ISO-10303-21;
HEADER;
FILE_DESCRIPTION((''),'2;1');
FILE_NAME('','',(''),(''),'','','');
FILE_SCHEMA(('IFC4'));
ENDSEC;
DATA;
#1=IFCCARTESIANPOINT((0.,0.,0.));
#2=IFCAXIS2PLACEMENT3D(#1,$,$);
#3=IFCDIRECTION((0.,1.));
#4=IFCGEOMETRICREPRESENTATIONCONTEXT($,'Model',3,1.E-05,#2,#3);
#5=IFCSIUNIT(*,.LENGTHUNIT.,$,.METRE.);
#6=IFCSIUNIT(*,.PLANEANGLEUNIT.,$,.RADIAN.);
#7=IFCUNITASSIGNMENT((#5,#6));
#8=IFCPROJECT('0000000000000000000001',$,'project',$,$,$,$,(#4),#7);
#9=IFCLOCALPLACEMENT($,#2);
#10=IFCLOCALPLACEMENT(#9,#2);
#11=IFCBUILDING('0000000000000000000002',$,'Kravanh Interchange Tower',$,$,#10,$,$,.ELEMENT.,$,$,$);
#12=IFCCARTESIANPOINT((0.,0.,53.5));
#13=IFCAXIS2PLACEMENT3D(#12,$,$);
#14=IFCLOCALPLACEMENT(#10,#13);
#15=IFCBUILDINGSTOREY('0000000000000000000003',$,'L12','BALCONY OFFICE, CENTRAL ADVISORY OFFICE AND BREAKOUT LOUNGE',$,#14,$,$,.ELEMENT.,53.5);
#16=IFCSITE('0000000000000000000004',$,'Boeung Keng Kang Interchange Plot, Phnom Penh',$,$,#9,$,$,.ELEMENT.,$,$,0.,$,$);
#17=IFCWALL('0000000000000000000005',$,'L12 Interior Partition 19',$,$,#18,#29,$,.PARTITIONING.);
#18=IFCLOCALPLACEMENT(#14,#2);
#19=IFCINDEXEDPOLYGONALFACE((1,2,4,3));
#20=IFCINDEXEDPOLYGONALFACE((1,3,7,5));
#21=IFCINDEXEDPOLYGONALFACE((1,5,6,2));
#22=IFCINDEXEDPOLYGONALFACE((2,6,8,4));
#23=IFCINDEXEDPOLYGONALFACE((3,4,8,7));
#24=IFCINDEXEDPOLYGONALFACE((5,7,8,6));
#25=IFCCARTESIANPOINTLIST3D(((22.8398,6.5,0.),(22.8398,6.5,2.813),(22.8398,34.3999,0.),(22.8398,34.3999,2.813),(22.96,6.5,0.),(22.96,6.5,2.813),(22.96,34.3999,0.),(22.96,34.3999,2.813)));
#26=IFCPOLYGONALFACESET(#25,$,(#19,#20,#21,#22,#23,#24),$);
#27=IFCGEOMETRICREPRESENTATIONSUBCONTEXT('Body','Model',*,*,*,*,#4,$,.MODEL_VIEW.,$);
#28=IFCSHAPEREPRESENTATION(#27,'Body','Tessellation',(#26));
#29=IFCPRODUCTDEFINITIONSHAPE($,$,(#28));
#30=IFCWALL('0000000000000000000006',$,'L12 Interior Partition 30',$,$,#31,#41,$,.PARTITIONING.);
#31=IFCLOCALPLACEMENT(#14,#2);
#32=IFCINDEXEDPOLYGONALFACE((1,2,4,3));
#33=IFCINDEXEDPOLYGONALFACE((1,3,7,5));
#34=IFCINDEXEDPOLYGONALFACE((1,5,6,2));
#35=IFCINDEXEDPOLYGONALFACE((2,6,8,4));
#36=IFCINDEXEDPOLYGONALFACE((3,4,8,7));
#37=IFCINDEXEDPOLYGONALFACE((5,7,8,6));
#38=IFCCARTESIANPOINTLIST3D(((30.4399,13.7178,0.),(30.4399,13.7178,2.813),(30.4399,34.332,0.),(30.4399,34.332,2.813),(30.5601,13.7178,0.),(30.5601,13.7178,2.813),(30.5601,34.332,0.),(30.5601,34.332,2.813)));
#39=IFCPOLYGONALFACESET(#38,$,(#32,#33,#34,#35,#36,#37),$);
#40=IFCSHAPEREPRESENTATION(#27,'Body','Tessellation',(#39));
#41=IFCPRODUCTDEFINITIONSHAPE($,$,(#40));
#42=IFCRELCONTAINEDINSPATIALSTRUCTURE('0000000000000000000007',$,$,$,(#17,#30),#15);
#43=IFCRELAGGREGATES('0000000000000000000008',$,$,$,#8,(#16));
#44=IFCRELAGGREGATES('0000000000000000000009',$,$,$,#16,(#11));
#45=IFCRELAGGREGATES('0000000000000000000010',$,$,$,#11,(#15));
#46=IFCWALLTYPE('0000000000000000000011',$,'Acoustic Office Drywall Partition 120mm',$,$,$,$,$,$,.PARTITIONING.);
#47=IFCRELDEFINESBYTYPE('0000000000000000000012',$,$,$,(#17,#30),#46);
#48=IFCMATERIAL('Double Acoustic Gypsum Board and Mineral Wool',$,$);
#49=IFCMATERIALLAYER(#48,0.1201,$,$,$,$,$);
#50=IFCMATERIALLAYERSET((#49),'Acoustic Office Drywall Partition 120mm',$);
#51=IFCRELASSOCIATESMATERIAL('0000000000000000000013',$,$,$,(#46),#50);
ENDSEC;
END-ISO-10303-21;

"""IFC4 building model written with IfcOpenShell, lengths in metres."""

from ifc_helpers import new_model, si_unit, direction, frame, frame_2d, origin, place, context, subcontext, project, spatial, rectangle, extrude, material, layer, layer_set, type_object, element, save


model = new_model("IFC4")

# Units and contexts
model_context = context("Model", 3, precision=1e-05, world=origin(), true_north=direction((0.0, 1.0)))
body_context = subcontext(model_context, "Body", "Model", "MODEL_VIEW")
ifc_project = project(units=[si_unit("LENGTHUNIT", "METRE"), si_unit("PLANEANGLEUNIT", "RADIAN")], contexts=[model_context])

# Site, building, storey
site_placement = place(None, origin())
site = spatial("IfcSite", under=ifc_project, at=site_placement, Name="Boeung Keng Kang Interchange Plot, Phnom Penh", CompositionType="ELEMENT", RefElevation=0.0)
building_placement = place(site_placement, origin())
building = spatial("IfcBuilding", under=site, at=building_placement, Name="Kravanh Interchange Tower", CompositionType="ELEMENT")
storey_placement = place(building_placement, frame((0.0, 0.0, 53.5)))
storey = spatial("IfcBuildingStorey", under=building, at=storey_placement, Name="L12", Description="BALCONY OFFICE, CENTRAL ADVISORY OFFICE AND BREAKOUT LOUNGE", CompositionType="ELEMENT", Elevation=53.5)

# Walls
ifc_material_1 = material(Name="Double Acoustic Gypsum Board and Mineral Wool")
ifc_layer_1 = layer(ifc_material_1, 0.1201)
ifc_layer_set_1 = layer_set([ifc_layer_1], Name="Acoustic Office Drywall Partition 120mm")
wall_type = type_object("IfcWallType", Name="Acoustic Office Drywall Partition 120mm", PredefinedType="PARTITIONING", material=ifc_layer_set_1)
wall_1_placement = place(storey_placement, frame((22.8999, 6.5, 0.0), z_axis=(0.0, 0.0, 1.0), x_axis=(0.0, 1.0, 0.0)))
element("IfcWall", 1, at=wall_1_placement, inside=storey, type_object=wall_type, Name="L12 Interior Partition 19", PredefinedType="PARTITIONING", context=body_context, shape_type="SweptSolid", body=[
    extrude(rectangle(XDim=27.8999, YDim=0.1201, at=frame_2d((13.95, 0.0))), origin(), (0.0, 0.0, 1.0), 2.813),
])
wall_2_placement = place(storey_placement, frame((30.5, 13.7178, 0.0), z_axis=(0.0, 0.0, 1.0), x_axis=(0.0, 1.0, 0.0)))
element("IfcWall", 2, at=wall_2_placement, inside=storey, type_object=wall_type, Name="L12 Interior Partition 30", PredefinedType="PARTITIONING", context=body_context, shape_type="SweptSolid", body=[
    extrude(rectangle(XDim=20.6143, YDim=0.1201, at=frame_2d((10.3071, 0.0))), origin(), (0.0, 0.0, 1.0), 2.813),
])

save(model, "model.ifc")
